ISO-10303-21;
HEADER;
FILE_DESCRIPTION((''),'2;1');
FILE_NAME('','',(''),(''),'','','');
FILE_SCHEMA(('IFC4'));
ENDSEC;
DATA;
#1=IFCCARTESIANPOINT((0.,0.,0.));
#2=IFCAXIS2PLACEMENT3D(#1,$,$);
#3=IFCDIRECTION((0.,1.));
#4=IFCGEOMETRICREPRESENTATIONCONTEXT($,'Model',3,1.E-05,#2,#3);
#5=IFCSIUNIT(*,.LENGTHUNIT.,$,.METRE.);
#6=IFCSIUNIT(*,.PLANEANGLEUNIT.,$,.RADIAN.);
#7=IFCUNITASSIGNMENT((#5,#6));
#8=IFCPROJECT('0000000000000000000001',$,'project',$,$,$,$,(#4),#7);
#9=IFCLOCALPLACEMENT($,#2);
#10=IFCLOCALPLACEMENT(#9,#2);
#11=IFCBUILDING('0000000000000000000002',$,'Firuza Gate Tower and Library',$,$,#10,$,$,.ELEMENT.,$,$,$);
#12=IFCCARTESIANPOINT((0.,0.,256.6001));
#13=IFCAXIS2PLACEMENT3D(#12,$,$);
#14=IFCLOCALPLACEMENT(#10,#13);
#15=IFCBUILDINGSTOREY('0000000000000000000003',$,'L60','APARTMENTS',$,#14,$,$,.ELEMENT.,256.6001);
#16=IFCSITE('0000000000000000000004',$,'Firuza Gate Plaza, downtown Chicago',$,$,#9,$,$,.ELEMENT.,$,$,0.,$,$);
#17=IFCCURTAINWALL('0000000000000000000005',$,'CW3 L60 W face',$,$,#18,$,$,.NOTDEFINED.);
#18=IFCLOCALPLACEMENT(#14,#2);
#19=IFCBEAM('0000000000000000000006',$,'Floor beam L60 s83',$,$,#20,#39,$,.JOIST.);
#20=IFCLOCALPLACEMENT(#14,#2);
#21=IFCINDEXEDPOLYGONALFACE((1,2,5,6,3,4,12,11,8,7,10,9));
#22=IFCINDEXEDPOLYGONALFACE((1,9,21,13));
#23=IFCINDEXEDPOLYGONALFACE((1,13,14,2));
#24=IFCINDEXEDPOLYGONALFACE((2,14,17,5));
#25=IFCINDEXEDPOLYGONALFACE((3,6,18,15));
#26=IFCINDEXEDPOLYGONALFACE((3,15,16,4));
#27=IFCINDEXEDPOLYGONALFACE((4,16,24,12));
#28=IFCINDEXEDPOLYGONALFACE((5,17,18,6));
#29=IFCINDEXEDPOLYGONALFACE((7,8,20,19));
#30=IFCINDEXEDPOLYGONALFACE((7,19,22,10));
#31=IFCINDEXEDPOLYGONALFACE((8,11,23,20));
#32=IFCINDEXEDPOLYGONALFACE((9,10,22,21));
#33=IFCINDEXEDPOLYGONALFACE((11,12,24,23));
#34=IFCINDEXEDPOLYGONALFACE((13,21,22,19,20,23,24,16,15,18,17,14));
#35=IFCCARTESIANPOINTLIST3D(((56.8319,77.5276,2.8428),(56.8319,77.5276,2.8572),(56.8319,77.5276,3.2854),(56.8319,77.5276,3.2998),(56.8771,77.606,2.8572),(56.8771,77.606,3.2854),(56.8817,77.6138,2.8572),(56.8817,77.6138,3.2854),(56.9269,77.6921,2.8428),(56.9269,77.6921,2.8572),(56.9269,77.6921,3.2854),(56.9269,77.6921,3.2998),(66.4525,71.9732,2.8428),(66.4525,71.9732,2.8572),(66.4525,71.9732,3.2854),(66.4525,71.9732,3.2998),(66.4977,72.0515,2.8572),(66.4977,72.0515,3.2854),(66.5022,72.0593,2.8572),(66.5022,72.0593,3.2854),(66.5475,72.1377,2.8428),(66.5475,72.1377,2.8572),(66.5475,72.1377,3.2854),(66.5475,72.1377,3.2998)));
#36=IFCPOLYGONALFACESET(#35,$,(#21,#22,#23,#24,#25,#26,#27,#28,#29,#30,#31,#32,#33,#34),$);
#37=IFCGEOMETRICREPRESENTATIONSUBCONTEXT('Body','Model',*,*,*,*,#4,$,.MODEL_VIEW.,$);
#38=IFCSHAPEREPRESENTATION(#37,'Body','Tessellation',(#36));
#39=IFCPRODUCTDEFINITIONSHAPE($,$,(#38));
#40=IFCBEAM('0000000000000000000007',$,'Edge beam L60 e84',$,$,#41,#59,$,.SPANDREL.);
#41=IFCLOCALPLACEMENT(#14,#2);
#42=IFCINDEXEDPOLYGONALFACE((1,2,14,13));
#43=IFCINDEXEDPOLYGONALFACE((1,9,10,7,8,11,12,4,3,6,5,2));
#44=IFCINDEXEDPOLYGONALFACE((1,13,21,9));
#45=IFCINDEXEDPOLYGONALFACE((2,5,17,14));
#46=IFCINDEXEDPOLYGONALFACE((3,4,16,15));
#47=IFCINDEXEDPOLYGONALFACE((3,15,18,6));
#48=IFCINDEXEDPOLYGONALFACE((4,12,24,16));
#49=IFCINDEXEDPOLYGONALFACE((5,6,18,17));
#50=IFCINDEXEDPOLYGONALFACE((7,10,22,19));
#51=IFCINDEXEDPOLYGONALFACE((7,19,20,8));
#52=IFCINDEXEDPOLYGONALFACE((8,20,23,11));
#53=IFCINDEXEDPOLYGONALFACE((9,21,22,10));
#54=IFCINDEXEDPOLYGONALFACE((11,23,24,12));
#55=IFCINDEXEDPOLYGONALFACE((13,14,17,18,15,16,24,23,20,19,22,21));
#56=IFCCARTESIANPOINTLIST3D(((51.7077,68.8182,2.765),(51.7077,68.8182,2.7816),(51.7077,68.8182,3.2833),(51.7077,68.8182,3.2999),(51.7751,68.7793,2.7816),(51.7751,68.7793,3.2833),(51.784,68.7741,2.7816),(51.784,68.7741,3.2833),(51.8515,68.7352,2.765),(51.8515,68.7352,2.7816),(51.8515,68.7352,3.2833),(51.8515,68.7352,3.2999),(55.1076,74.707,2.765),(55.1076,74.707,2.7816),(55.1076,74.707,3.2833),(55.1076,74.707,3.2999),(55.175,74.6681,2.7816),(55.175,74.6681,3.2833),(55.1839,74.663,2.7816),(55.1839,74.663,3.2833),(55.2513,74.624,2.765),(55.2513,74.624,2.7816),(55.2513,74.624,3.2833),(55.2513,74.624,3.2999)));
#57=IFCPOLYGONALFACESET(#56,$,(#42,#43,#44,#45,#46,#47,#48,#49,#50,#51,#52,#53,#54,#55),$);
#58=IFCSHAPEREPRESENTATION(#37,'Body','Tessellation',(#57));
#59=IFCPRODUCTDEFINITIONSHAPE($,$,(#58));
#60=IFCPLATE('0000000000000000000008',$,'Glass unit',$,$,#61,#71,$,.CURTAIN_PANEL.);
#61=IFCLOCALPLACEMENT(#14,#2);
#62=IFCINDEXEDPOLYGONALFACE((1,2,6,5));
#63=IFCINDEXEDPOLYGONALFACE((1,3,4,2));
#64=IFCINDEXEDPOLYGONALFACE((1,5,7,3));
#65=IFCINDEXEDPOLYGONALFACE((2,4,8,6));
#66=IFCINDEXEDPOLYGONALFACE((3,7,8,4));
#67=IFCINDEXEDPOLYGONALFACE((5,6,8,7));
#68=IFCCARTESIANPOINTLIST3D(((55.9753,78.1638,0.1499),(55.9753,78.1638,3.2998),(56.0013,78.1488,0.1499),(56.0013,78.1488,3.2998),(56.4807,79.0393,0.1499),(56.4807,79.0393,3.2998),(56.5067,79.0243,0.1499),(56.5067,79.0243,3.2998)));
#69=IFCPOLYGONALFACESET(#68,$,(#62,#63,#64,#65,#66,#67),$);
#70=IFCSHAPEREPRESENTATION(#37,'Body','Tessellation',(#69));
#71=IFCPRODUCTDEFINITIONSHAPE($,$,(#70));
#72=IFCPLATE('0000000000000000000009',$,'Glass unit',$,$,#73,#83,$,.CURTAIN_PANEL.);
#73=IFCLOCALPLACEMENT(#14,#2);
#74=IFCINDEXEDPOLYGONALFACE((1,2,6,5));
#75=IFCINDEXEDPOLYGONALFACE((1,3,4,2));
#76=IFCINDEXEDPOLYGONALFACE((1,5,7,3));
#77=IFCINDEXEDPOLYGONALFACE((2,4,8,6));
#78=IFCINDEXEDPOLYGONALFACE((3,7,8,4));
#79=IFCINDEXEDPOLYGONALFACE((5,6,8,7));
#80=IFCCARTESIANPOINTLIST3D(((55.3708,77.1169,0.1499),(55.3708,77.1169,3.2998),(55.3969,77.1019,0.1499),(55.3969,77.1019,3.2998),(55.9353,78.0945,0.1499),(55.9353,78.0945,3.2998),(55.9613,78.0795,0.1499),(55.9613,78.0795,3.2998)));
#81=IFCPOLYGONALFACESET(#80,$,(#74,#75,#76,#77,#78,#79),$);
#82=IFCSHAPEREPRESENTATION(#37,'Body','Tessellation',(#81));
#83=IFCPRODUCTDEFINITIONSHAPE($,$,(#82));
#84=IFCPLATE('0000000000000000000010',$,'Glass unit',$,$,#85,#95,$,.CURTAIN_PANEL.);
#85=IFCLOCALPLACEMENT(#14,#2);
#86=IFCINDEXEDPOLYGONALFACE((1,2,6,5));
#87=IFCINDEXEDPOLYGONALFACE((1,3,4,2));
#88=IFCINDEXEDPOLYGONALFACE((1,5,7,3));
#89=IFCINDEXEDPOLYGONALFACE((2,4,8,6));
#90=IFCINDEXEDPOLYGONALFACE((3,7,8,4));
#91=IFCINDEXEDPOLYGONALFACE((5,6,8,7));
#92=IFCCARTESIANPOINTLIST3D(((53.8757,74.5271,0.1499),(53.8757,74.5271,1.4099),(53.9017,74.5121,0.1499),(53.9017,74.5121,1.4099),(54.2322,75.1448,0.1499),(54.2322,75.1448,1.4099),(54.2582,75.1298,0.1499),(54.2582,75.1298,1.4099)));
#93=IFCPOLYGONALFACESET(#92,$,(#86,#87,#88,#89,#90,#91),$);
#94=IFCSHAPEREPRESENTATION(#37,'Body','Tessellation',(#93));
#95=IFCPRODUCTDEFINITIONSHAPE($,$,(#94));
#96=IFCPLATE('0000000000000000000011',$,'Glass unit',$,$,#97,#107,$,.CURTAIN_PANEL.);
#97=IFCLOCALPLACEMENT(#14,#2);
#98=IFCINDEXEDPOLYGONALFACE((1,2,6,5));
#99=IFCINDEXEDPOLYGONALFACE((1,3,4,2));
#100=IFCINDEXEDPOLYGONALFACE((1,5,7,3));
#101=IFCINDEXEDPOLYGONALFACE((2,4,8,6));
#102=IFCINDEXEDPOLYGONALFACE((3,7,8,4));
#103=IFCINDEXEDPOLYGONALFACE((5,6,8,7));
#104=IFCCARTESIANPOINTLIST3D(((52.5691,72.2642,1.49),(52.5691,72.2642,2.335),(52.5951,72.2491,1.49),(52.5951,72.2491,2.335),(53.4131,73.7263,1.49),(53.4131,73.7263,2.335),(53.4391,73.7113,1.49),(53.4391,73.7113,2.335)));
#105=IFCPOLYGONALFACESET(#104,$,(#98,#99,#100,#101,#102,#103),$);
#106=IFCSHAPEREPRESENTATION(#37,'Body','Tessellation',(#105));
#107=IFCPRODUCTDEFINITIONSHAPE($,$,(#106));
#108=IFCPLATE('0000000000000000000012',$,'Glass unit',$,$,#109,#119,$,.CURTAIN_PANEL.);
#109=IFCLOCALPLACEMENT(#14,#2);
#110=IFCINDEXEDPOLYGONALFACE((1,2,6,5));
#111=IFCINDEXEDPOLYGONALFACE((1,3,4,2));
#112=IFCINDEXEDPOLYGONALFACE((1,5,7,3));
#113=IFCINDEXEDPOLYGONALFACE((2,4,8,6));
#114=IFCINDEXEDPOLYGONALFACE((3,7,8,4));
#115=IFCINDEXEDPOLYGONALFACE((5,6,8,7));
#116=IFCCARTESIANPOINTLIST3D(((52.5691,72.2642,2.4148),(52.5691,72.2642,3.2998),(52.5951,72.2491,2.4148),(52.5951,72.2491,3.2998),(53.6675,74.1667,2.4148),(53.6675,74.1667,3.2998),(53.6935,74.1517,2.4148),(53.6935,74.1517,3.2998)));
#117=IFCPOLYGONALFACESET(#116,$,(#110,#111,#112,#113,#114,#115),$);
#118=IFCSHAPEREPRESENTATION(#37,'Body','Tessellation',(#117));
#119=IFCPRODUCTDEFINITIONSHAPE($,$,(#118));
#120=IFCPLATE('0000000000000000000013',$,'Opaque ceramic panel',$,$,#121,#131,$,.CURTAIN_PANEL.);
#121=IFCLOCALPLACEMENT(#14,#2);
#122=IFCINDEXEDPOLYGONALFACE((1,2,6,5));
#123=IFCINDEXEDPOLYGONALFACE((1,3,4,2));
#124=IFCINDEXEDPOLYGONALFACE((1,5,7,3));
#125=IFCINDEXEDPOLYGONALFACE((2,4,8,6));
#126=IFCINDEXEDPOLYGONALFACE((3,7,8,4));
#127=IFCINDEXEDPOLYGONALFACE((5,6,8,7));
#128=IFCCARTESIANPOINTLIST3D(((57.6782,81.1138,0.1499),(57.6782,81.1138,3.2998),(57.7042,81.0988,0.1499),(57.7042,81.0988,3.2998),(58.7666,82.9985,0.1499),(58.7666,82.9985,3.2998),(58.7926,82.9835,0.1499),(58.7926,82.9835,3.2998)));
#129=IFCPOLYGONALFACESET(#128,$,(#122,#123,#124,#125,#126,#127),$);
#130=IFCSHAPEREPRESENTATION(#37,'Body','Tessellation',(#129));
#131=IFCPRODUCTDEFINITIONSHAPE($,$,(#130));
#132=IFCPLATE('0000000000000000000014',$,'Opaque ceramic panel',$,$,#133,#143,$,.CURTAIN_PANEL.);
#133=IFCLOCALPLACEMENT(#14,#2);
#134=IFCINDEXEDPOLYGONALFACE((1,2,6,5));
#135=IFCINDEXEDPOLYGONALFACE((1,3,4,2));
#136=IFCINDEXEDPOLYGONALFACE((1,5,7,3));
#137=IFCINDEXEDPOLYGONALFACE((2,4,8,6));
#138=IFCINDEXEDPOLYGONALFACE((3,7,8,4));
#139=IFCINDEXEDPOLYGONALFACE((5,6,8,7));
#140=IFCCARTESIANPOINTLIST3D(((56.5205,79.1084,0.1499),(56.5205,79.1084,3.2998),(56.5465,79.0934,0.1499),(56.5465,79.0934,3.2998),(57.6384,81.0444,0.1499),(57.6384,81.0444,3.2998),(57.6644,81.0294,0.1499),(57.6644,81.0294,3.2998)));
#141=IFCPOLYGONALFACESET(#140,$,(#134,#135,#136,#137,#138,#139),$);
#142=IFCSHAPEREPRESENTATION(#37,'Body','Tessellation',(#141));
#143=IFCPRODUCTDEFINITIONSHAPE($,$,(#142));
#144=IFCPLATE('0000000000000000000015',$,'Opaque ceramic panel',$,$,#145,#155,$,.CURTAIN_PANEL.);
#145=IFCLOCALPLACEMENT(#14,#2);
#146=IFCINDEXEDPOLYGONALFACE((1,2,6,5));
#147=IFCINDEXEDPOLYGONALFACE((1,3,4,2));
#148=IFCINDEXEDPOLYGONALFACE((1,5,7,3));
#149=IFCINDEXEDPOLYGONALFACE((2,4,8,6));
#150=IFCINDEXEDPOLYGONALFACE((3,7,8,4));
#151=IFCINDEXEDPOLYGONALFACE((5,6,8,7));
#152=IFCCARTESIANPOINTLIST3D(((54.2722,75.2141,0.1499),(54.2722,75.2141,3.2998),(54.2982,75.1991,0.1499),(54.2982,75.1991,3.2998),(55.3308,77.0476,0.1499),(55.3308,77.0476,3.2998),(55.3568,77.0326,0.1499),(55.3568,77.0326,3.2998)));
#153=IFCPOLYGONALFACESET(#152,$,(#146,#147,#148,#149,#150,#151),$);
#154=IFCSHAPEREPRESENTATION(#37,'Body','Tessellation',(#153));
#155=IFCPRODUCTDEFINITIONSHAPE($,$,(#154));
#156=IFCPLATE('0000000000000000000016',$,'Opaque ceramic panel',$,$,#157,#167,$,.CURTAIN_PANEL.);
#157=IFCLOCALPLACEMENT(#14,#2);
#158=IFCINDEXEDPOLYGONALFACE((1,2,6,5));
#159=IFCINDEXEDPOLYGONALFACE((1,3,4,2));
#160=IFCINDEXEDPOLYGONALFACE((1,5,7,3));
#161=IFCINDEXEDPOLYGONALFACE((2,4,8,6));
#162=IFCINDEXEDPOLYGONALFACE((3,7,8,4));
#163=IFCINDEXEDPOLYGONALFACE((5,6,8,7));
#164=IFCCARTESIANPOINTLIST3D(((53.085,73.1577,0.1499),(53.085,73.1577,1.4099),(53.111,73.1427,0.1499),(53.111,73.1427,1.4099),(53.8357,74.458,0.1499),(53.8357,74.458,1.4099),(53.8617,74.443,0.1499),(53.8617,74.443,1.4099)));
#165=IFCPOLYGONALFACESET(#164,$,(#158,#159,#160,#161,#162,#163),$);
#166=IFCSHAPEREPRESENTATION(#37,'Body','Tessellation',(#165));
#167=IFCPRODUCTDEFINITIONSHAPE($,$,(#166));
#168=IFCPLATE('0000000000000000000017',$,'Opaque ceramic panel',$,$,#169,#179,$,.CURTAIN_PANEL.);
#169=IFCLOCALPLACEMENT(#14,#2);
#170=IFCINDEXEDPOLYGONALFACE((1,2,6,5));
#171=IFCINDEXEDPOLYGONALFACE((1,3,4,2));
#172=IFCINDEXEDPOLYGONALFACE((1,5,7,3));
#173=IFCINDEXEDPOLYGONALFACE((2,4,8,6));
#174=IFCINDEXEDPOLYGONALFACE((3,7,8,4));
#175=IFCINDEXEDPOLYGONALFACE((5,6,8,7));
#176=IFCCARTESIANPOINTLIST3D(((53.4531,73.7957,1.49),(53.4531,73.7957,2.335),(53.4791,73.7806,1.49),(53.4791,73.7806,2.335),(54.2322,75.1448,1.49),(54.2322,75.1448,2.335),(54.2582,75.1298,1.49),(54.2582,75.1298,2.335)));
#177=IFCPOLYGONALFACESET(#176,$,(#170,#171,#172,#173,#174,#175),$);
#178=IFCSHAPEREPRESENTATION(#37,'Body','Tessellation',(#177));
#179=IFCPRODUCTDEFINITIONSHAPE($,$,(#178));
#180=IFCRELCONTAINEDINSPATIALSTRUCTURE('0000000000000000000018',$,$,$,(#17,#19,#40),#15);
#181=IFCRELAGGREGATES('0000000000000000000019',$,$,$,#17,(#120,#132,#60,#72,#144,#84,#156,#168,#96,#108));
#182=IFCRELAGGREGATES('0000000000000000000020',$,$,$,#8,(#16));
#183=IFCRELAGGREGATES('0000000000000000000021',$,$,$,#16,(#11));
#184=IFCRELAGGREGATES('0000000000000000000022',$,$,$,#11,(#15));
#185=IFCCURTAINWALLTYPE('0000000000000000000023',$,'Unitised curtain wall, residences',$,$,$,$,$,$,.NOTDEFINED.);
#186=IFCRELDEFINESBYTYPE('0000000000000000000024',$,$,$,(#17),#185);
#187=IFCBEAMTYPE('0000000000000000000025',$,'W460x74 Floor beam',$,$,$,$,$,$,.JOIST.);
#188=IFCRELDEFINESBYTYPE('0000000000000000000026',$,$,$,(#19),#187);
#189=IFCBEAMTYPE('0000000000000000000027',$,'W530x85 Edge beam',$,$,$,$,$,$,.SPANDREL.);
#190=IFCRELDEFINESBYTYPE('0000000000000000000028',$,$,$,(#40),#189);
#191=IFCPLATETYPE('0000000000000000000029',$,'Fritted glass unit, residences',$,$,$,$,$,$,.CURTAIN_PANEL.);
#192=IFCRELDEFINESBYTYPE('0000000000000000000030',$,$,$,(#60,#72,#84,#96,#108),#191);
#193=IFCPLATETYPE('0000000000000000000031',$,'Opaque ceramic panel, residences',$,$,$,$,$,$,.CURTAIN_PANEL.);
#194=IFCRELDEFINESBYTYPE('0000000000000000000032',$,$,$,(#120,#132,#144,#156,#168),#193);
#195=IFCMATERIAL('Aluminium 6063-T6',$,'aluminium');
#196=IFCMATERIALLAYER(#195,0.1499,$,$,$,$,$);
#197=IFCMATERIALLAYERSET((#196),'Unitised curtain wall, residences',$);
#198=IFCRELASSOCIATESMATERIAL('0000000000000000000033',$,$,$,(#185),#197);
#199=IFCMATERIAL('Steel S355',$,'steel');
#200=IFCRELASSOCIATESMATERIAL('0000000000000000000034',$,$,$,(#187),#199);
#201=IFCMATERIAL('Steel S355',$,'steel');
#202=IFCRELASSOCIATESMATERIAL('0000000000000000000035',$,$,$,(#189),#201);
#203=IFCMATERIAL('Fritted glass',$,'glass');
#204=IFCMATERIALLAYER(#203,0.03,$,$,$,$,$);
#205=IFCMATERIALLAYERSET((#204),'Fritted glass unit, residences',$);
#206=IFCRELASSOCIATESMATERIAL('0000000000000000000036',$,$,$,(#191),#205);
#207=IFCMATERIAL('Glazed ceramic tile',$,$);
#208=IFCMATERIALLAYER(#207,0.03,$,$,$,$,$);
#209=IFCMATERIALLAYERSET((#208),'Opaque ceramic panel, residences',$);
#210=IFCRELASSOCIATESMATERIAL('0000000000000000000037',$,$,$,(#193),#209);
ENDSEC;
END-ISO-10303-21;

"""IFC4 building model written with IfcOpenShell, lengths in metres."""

from ifc_helpers import new_model, si_unit, direction, frame, origin, origin_2d, place, context, subcontext, project, spatial, polyline, i_section, outline, extrude, material, layer, layer_set, material_profile, profile_set, type_object, element, aggregate, save


model = new_model("IFC4")

# Units and contexts
model_context = context("Model", 3, precision=1e-05, world=origin(), true_north=direction((0.0, 1.0)))
body_context = subcontext(model_context, "Body", "Model", "MODEL_VIEW")
ifc_project = project(units=[si_unit("LENGTHUNIT", "METRE"), si_unit("PLANEANGLEUNIT", "RADIAN")], contexts=[model_context])

# Site, building, storey
site_placement = place(None, origin())
site = spatial("IfcSite", under=ifc_project, at=site_placement, Name="Firuza Gate Plaza, downtown Chicago", CompositionType="ELEMENT", RefElevation=0.0)
building_placement = place(site_placement, origin())
building = spatial("IfcBuilding", under=site, at=building_placement, Name="Firuza Gate Tower and Library", CompositionType="ELEMENT")
storey_placement = place(building_placement, frame((0.0, 0.0, 256.6001)))
storey = spatial("IfcBuildingStorey", under=building, at=storey_placement, Name="L60", Description="APARTMENTS", CompositionType="ELEMENT", Elevation=256.6001)

# Curtain wall
ifc_material_1 = material(Name="Aluminium 6063-T6", Category="aluminium")
ifc_layer_1 = layer(ifc_material_1, 0.1499)
ifc_layer_set_1 = layer_set([ifc_layer_1], Name="Unitised curtain wall, residences")
curtain_wall_type = type_object("IfcCurtainWallType", Name="Unitised curtain wall, residences", PredefinedType="NOTDEFINED", material=ifc_layer_set_1)
curtain_wall_placement = place(storey_placement, origin())
curtain_wall = element("IfcCurtainWall", 1, at=curtain_wall_placement, inside=storey, type_object=curtain_wall_type, Name="CW3 L60 W face", PredefinedType="NOTDEFINED")

# Beams
ifc_material_2 = material(Name="Steel S355", Category="steel")
ifc_material_profile_1 = material_profile(ifc_material_2, i_section(OverallWidth=0.1899, OverallDepth=0.457, WebThickness=0.009, FlangeThickness=0.0144, at=origin_2d()))
ifc_profile_set_1 = profile_set([ifc_material_profile_1], Name="Steel S355")
beam_type_1 = type_object("IfcBeamType", Name="W460x74 Floor beam", PredefinedType="JOIST", material=ifc_profile_set_1)
beam_1_placement = place(storey_placement, frame((56.8794, 77.6099, 3.0713), z_axis=(0.866026, -0.499999, 0.0), x_axis=(0.499999, 0.866026, 0.0)))
element("IfcBeam", 2, at=beam_1_placement, inside=storey, type_object=beam_type_1, Name="Floor beam L60 s83", PredefinedType="JOIST", context=body_context, shape_type="SweptSolid", body=[
    extrude(i_section(OverallWidth=0.1899, OverallDepth=0.457, WebThickness=0.009, FlangeThickness=0.0144, at=origin_2d()), origin(), (0.0, 0.0, 1.0), 11.1089),
])
ifc_material_3 = material(Name="Steel S355", Category="steel")
ifc_material_profile_2 = material_profile(ifc_material_3, i_section(OverallWidth=0.166, OverallDepth=0.5349, WebThickness=0.0103, FlangeThickness=0.0166, at=origin_2d()))
ifc_profile_set_2 = profile_set([ifc_material_profile_2], Name="Steel S355")
beam_type_2 = type_object("IfcBeamType", Name="W530x85 Edge beam", PredefinedType="SPANDREL", material=ifc_profile_set_2)
beam_2_placement = place(storey_placement, frame((55.1794, 74.6655, 3.0325), z_axis=(-0.499993, -0.86603, 0.0), x_axis=(0.86603, -0.499993, 0.0)))
element("IfcBeam", 3, at=beam_2_placement, inside=storey, type_object=beam_type_2, Name="Edge beam L60 e84", PredefinedType="SPANDREL", context=body_context, shape_type="SweptSolid", body=[
    extrude(i_section(OverallWidth=0.166, OverallDepth=0.5349, WebThickness=0.0103, FlangeThickness=0.0166, at=origin_2d()), origin(), (0.0, 0.0, 1.0), 6.7998),
])

# Plates
ifc_material_4 = material(Name="Fritted glass", Category="glass")
ifc_layer_2 = layer(ifc_material_4, 0.03)
ifc_layer_set_2 = layer_set([ifc_layer_2], Name="Fritted glass unit, residences")
plate_type_1 = type_object("IfcPlateType", Name="Fritted glass unit, residences", PredefinedType="CURTAIN_PANEL", material=ifc_layer_set_2)
plate_1_placement = place(storey_placement, frame((56.4807, 79.0393, 0.1499), z_axis=(-0.866065, 0.499932, 0.0), x_axis=(-0.499932, -0.866065, 0.0)))
plate_1 = element("IfcPlate", 4, at=plate_1_placement, type_object=plate_type_1, Name="Glass unit", PredefinedType="CURTAIN_PANEL", context=body_context, shape_type="SweptSolid", body=[
    extrude(outline(polyline([(0.0, 0.0), (1.0109, 0.0), (1.0109, 3.1499), (0.0, 3.1499), (0.0, 0.0)])), origin(), (0.0, 0.0, -1.0), 0.03),
])
plate_2_placement = place(storey_placement, frame((55.9353, 78.0945, 0.1499), z_axis=(-0.865998, 0.500047, 0.0), x_axis=(-0.500047, -0.865998, 0.0)))
plate_2 = element("IfcPlate", 5, at=plate_2_placement, type_object=plate_type_1, Name="Glass unit", PredefinedType="CURTAIN_PANEL", context=body_context, shape_type="SweptSolid", body=[
    extrude(outline(polyline([(0.0, 0.0), (1.1288, 0.0), (1.1288, 3.1499), (0.0, 3.1499), (0.0, 0.0)])), origin(), (0.0, 0.0, -1.0), 0.03),
])
plate_3_placement = place(storey_placement, frame((54.2322, 75.1448, 0.1499), z_axis=(-0.866129, 0.499821, 0.0), x_axis=(-0.499821, -0.866129, 0.0)))
plate_3 = element("IfcPlate", 6, at=plate_3_placement, type_object=plate_type_1, Name="Glass unit", PredefinedType="CURTAIN_PANEL", context=body_context, shape_type="SweptSolid", body=[
    extrude(outline(polyline([(0.0, 0.0), (0.7131, 0.0), (0.7131, 1.26), (0.0, 1.26), (0.0, 0.0)])), origin(), (0.0, 0.0, -1.0), 0.03),
])
plate_4_placement = place(storey_placement, frame((53.4131, 73.7263, 1.49), z_axis=(-0.866072, 0.499919, 0.0), x_axis=(-0.499919, -0.866072, 0.0)))
plate_4 = element("IfcPlate", 7, at=plate_4_placement, type_object=plate_type_1, Name="Glass unit", PredefinedType="CURTAIN_PANEL", context=body_context, shape_type="SweptSolid", body=[
    extrude(outline(polyline([(0.0, 0.0), (1.6883, 0.0), (1.6883, 0.845), (0.0, 0.845), (0.0, 0.0)])), origin(), (0.0, 0.0, -1.0), 0.03),
])
plate_5_placement = place(storey_placement, frame((53.6675, 74.1667, 2.4148), z_axis=(-0.866039, 0.499976, 0.0), x_axis=(-0.499976, -0.866039, 0.0)))
plate_5 = element("IfcPlate", 8, at=plate_5_placement, type_object=plate_type_1, Name="Glass unit", PredefinedType="CURTAIN_PANEL", context=body_context, shape_type="SweptSolid", body=[
    extrude(outline(polyline([(0.0, 0.0), (2.1969, 0.0), (2.1969, 0.885), (0.0, 0.885), (0.0, 0.0)])), origin(), (0.0, 0.0, -1.0), 0.03),
])
ifc_material_5 = material(Name="Glazed ceramic tile")
ifc_layer_3 = layer(ifc_material_5, 0.03)
ifc_layer_set_3 = layer_set([ifc_layer_3], Name="Opaque ceramic panel, residences")
plate_type_2 = type_object("IfcPlateType", Name="Opaque ceramic panel, residences", PredefinedType="CURTAIN_PANEL", material=ifc_layer_set_3)
plate_6_placement = place(storey_placement, frame((58.7666, 82.9985, 0.1499), z_axis=(-0.865984, 0.500072, 0.0), x_axis=(-0.500072, -0.865984, 0.0)))
plate_6 = element("IfcPlate", 9, at=plate_6_placement, type_object=plate_type_2, Name="Opaque ceramic panel", PredefinedType="CURTAIN_PANEL", context=body_context, shape_type="SweptSolid", body=[
    extrude(outline(polyline([(0.0, 0.0), (2.1764, 0.0), (2.1764, 3.1499), (0.0, 3.1499), (0.0, 0.0)])), origin(), (0.0, 0.0, -1.0), 0.03),
])
plate_7_placement = place(storey_placement, frame((57.6384, 81.0444, 0.1499), z_axis=(-0.865996, 0.50005, 0.0), x_axis=(-0.50005, -0.865996, 0.0)))
plate_7 = element("IfcPlate", 10, at=plate_7_placement, type_object=plate_type_2, Name="Opaque ceramic panel", PredefinedType="CURTAIN_PANEL", context=body_context, shape_type="SweptSolid", body=[
    extrude(outline(polyline([(0.0, 0.0), (2.2356, 0.0), (2.2356, 3.1499), (0.0, 3.1499), (0.0, 0.0)])), origin(), (0.0, 0.0, -1.0), 0.03),
])
plate_8_placement = place(storey_placement, frame((55.3308, 77.0476, 0.1499), z_axis=(-0.86602, 0.500009, 0.0), x_axis=(-0.500009, -0.86602, 0.0)))
plate_8 = element("IfcPlate", 11, at=plate_8_placement, type_object=plate_type_2, Name="Opaque ceramic panel", PredefinedType="CURTAIN_PANEL", context=body_context, shape_type="SweptSolid", body=[
    extrude(outline(polyline([(0.0, 0.0), (2.1172, 0.0), (2.1172, 3.1499), (0.0, 3.1499), (0.0, 0.0)])), origin(), (0.0, 0.0, -1.0), 0.03),
])
plate_9_placement = place(storey_placement, frame((53.8357, 74.458, 0.1499), z_axis=(-0.866023, 0.500004, 0.0), x_axis=(-0.500004, -0.866023, 0.0)))
plate_9 = element("IfcPlate", 12, at=plate_9_placement, type_object=plate_type_2, Name="Opaque ceramic panel", PredefinedType="CURTAIN_PANEL", context=body_context, shape_type="SweptSolid", body=[
    extrude(outline(polyline([(0.0, 0.0), (1.5015, 0.0), (1.5015, 1.26), (0.0, 1.26), (0.0, 0.0)])), origin(), (0.0, 0.0, -1.0), 0.03),
])
plate_10_placement = place(storey_placement, frame((54.2322, 75.1448, 1.49), z_axis=(-0.865987, 0.500066, 0.0), x_axis=(-0.500066, -0.865987, 0.0)))
plate_10 = element("IfcPlate", 13, at=plate_10_placement, type_object=plate_type_2, Name="Opaque ceramic panel", PredefinedType="CURTAIN_PANEL", context=body_context, shape_type="SweptSolid", body=[
    extrude(outline(polyline([(0.0, 0.0), (1.5579, 0.0), (1.5579, 0.845), (0.0, 0.845), (0.0, 0.0)])), origin(), (0.0, 0.0, -1.0), 0.03),
])
aggregate(curtain_wall, [plate_6, plate_7, plate_1, plate_2, plate_8, plate_3, plate_9, plate_10, plate_4, plate_5])

save(model, "model.ifc")
